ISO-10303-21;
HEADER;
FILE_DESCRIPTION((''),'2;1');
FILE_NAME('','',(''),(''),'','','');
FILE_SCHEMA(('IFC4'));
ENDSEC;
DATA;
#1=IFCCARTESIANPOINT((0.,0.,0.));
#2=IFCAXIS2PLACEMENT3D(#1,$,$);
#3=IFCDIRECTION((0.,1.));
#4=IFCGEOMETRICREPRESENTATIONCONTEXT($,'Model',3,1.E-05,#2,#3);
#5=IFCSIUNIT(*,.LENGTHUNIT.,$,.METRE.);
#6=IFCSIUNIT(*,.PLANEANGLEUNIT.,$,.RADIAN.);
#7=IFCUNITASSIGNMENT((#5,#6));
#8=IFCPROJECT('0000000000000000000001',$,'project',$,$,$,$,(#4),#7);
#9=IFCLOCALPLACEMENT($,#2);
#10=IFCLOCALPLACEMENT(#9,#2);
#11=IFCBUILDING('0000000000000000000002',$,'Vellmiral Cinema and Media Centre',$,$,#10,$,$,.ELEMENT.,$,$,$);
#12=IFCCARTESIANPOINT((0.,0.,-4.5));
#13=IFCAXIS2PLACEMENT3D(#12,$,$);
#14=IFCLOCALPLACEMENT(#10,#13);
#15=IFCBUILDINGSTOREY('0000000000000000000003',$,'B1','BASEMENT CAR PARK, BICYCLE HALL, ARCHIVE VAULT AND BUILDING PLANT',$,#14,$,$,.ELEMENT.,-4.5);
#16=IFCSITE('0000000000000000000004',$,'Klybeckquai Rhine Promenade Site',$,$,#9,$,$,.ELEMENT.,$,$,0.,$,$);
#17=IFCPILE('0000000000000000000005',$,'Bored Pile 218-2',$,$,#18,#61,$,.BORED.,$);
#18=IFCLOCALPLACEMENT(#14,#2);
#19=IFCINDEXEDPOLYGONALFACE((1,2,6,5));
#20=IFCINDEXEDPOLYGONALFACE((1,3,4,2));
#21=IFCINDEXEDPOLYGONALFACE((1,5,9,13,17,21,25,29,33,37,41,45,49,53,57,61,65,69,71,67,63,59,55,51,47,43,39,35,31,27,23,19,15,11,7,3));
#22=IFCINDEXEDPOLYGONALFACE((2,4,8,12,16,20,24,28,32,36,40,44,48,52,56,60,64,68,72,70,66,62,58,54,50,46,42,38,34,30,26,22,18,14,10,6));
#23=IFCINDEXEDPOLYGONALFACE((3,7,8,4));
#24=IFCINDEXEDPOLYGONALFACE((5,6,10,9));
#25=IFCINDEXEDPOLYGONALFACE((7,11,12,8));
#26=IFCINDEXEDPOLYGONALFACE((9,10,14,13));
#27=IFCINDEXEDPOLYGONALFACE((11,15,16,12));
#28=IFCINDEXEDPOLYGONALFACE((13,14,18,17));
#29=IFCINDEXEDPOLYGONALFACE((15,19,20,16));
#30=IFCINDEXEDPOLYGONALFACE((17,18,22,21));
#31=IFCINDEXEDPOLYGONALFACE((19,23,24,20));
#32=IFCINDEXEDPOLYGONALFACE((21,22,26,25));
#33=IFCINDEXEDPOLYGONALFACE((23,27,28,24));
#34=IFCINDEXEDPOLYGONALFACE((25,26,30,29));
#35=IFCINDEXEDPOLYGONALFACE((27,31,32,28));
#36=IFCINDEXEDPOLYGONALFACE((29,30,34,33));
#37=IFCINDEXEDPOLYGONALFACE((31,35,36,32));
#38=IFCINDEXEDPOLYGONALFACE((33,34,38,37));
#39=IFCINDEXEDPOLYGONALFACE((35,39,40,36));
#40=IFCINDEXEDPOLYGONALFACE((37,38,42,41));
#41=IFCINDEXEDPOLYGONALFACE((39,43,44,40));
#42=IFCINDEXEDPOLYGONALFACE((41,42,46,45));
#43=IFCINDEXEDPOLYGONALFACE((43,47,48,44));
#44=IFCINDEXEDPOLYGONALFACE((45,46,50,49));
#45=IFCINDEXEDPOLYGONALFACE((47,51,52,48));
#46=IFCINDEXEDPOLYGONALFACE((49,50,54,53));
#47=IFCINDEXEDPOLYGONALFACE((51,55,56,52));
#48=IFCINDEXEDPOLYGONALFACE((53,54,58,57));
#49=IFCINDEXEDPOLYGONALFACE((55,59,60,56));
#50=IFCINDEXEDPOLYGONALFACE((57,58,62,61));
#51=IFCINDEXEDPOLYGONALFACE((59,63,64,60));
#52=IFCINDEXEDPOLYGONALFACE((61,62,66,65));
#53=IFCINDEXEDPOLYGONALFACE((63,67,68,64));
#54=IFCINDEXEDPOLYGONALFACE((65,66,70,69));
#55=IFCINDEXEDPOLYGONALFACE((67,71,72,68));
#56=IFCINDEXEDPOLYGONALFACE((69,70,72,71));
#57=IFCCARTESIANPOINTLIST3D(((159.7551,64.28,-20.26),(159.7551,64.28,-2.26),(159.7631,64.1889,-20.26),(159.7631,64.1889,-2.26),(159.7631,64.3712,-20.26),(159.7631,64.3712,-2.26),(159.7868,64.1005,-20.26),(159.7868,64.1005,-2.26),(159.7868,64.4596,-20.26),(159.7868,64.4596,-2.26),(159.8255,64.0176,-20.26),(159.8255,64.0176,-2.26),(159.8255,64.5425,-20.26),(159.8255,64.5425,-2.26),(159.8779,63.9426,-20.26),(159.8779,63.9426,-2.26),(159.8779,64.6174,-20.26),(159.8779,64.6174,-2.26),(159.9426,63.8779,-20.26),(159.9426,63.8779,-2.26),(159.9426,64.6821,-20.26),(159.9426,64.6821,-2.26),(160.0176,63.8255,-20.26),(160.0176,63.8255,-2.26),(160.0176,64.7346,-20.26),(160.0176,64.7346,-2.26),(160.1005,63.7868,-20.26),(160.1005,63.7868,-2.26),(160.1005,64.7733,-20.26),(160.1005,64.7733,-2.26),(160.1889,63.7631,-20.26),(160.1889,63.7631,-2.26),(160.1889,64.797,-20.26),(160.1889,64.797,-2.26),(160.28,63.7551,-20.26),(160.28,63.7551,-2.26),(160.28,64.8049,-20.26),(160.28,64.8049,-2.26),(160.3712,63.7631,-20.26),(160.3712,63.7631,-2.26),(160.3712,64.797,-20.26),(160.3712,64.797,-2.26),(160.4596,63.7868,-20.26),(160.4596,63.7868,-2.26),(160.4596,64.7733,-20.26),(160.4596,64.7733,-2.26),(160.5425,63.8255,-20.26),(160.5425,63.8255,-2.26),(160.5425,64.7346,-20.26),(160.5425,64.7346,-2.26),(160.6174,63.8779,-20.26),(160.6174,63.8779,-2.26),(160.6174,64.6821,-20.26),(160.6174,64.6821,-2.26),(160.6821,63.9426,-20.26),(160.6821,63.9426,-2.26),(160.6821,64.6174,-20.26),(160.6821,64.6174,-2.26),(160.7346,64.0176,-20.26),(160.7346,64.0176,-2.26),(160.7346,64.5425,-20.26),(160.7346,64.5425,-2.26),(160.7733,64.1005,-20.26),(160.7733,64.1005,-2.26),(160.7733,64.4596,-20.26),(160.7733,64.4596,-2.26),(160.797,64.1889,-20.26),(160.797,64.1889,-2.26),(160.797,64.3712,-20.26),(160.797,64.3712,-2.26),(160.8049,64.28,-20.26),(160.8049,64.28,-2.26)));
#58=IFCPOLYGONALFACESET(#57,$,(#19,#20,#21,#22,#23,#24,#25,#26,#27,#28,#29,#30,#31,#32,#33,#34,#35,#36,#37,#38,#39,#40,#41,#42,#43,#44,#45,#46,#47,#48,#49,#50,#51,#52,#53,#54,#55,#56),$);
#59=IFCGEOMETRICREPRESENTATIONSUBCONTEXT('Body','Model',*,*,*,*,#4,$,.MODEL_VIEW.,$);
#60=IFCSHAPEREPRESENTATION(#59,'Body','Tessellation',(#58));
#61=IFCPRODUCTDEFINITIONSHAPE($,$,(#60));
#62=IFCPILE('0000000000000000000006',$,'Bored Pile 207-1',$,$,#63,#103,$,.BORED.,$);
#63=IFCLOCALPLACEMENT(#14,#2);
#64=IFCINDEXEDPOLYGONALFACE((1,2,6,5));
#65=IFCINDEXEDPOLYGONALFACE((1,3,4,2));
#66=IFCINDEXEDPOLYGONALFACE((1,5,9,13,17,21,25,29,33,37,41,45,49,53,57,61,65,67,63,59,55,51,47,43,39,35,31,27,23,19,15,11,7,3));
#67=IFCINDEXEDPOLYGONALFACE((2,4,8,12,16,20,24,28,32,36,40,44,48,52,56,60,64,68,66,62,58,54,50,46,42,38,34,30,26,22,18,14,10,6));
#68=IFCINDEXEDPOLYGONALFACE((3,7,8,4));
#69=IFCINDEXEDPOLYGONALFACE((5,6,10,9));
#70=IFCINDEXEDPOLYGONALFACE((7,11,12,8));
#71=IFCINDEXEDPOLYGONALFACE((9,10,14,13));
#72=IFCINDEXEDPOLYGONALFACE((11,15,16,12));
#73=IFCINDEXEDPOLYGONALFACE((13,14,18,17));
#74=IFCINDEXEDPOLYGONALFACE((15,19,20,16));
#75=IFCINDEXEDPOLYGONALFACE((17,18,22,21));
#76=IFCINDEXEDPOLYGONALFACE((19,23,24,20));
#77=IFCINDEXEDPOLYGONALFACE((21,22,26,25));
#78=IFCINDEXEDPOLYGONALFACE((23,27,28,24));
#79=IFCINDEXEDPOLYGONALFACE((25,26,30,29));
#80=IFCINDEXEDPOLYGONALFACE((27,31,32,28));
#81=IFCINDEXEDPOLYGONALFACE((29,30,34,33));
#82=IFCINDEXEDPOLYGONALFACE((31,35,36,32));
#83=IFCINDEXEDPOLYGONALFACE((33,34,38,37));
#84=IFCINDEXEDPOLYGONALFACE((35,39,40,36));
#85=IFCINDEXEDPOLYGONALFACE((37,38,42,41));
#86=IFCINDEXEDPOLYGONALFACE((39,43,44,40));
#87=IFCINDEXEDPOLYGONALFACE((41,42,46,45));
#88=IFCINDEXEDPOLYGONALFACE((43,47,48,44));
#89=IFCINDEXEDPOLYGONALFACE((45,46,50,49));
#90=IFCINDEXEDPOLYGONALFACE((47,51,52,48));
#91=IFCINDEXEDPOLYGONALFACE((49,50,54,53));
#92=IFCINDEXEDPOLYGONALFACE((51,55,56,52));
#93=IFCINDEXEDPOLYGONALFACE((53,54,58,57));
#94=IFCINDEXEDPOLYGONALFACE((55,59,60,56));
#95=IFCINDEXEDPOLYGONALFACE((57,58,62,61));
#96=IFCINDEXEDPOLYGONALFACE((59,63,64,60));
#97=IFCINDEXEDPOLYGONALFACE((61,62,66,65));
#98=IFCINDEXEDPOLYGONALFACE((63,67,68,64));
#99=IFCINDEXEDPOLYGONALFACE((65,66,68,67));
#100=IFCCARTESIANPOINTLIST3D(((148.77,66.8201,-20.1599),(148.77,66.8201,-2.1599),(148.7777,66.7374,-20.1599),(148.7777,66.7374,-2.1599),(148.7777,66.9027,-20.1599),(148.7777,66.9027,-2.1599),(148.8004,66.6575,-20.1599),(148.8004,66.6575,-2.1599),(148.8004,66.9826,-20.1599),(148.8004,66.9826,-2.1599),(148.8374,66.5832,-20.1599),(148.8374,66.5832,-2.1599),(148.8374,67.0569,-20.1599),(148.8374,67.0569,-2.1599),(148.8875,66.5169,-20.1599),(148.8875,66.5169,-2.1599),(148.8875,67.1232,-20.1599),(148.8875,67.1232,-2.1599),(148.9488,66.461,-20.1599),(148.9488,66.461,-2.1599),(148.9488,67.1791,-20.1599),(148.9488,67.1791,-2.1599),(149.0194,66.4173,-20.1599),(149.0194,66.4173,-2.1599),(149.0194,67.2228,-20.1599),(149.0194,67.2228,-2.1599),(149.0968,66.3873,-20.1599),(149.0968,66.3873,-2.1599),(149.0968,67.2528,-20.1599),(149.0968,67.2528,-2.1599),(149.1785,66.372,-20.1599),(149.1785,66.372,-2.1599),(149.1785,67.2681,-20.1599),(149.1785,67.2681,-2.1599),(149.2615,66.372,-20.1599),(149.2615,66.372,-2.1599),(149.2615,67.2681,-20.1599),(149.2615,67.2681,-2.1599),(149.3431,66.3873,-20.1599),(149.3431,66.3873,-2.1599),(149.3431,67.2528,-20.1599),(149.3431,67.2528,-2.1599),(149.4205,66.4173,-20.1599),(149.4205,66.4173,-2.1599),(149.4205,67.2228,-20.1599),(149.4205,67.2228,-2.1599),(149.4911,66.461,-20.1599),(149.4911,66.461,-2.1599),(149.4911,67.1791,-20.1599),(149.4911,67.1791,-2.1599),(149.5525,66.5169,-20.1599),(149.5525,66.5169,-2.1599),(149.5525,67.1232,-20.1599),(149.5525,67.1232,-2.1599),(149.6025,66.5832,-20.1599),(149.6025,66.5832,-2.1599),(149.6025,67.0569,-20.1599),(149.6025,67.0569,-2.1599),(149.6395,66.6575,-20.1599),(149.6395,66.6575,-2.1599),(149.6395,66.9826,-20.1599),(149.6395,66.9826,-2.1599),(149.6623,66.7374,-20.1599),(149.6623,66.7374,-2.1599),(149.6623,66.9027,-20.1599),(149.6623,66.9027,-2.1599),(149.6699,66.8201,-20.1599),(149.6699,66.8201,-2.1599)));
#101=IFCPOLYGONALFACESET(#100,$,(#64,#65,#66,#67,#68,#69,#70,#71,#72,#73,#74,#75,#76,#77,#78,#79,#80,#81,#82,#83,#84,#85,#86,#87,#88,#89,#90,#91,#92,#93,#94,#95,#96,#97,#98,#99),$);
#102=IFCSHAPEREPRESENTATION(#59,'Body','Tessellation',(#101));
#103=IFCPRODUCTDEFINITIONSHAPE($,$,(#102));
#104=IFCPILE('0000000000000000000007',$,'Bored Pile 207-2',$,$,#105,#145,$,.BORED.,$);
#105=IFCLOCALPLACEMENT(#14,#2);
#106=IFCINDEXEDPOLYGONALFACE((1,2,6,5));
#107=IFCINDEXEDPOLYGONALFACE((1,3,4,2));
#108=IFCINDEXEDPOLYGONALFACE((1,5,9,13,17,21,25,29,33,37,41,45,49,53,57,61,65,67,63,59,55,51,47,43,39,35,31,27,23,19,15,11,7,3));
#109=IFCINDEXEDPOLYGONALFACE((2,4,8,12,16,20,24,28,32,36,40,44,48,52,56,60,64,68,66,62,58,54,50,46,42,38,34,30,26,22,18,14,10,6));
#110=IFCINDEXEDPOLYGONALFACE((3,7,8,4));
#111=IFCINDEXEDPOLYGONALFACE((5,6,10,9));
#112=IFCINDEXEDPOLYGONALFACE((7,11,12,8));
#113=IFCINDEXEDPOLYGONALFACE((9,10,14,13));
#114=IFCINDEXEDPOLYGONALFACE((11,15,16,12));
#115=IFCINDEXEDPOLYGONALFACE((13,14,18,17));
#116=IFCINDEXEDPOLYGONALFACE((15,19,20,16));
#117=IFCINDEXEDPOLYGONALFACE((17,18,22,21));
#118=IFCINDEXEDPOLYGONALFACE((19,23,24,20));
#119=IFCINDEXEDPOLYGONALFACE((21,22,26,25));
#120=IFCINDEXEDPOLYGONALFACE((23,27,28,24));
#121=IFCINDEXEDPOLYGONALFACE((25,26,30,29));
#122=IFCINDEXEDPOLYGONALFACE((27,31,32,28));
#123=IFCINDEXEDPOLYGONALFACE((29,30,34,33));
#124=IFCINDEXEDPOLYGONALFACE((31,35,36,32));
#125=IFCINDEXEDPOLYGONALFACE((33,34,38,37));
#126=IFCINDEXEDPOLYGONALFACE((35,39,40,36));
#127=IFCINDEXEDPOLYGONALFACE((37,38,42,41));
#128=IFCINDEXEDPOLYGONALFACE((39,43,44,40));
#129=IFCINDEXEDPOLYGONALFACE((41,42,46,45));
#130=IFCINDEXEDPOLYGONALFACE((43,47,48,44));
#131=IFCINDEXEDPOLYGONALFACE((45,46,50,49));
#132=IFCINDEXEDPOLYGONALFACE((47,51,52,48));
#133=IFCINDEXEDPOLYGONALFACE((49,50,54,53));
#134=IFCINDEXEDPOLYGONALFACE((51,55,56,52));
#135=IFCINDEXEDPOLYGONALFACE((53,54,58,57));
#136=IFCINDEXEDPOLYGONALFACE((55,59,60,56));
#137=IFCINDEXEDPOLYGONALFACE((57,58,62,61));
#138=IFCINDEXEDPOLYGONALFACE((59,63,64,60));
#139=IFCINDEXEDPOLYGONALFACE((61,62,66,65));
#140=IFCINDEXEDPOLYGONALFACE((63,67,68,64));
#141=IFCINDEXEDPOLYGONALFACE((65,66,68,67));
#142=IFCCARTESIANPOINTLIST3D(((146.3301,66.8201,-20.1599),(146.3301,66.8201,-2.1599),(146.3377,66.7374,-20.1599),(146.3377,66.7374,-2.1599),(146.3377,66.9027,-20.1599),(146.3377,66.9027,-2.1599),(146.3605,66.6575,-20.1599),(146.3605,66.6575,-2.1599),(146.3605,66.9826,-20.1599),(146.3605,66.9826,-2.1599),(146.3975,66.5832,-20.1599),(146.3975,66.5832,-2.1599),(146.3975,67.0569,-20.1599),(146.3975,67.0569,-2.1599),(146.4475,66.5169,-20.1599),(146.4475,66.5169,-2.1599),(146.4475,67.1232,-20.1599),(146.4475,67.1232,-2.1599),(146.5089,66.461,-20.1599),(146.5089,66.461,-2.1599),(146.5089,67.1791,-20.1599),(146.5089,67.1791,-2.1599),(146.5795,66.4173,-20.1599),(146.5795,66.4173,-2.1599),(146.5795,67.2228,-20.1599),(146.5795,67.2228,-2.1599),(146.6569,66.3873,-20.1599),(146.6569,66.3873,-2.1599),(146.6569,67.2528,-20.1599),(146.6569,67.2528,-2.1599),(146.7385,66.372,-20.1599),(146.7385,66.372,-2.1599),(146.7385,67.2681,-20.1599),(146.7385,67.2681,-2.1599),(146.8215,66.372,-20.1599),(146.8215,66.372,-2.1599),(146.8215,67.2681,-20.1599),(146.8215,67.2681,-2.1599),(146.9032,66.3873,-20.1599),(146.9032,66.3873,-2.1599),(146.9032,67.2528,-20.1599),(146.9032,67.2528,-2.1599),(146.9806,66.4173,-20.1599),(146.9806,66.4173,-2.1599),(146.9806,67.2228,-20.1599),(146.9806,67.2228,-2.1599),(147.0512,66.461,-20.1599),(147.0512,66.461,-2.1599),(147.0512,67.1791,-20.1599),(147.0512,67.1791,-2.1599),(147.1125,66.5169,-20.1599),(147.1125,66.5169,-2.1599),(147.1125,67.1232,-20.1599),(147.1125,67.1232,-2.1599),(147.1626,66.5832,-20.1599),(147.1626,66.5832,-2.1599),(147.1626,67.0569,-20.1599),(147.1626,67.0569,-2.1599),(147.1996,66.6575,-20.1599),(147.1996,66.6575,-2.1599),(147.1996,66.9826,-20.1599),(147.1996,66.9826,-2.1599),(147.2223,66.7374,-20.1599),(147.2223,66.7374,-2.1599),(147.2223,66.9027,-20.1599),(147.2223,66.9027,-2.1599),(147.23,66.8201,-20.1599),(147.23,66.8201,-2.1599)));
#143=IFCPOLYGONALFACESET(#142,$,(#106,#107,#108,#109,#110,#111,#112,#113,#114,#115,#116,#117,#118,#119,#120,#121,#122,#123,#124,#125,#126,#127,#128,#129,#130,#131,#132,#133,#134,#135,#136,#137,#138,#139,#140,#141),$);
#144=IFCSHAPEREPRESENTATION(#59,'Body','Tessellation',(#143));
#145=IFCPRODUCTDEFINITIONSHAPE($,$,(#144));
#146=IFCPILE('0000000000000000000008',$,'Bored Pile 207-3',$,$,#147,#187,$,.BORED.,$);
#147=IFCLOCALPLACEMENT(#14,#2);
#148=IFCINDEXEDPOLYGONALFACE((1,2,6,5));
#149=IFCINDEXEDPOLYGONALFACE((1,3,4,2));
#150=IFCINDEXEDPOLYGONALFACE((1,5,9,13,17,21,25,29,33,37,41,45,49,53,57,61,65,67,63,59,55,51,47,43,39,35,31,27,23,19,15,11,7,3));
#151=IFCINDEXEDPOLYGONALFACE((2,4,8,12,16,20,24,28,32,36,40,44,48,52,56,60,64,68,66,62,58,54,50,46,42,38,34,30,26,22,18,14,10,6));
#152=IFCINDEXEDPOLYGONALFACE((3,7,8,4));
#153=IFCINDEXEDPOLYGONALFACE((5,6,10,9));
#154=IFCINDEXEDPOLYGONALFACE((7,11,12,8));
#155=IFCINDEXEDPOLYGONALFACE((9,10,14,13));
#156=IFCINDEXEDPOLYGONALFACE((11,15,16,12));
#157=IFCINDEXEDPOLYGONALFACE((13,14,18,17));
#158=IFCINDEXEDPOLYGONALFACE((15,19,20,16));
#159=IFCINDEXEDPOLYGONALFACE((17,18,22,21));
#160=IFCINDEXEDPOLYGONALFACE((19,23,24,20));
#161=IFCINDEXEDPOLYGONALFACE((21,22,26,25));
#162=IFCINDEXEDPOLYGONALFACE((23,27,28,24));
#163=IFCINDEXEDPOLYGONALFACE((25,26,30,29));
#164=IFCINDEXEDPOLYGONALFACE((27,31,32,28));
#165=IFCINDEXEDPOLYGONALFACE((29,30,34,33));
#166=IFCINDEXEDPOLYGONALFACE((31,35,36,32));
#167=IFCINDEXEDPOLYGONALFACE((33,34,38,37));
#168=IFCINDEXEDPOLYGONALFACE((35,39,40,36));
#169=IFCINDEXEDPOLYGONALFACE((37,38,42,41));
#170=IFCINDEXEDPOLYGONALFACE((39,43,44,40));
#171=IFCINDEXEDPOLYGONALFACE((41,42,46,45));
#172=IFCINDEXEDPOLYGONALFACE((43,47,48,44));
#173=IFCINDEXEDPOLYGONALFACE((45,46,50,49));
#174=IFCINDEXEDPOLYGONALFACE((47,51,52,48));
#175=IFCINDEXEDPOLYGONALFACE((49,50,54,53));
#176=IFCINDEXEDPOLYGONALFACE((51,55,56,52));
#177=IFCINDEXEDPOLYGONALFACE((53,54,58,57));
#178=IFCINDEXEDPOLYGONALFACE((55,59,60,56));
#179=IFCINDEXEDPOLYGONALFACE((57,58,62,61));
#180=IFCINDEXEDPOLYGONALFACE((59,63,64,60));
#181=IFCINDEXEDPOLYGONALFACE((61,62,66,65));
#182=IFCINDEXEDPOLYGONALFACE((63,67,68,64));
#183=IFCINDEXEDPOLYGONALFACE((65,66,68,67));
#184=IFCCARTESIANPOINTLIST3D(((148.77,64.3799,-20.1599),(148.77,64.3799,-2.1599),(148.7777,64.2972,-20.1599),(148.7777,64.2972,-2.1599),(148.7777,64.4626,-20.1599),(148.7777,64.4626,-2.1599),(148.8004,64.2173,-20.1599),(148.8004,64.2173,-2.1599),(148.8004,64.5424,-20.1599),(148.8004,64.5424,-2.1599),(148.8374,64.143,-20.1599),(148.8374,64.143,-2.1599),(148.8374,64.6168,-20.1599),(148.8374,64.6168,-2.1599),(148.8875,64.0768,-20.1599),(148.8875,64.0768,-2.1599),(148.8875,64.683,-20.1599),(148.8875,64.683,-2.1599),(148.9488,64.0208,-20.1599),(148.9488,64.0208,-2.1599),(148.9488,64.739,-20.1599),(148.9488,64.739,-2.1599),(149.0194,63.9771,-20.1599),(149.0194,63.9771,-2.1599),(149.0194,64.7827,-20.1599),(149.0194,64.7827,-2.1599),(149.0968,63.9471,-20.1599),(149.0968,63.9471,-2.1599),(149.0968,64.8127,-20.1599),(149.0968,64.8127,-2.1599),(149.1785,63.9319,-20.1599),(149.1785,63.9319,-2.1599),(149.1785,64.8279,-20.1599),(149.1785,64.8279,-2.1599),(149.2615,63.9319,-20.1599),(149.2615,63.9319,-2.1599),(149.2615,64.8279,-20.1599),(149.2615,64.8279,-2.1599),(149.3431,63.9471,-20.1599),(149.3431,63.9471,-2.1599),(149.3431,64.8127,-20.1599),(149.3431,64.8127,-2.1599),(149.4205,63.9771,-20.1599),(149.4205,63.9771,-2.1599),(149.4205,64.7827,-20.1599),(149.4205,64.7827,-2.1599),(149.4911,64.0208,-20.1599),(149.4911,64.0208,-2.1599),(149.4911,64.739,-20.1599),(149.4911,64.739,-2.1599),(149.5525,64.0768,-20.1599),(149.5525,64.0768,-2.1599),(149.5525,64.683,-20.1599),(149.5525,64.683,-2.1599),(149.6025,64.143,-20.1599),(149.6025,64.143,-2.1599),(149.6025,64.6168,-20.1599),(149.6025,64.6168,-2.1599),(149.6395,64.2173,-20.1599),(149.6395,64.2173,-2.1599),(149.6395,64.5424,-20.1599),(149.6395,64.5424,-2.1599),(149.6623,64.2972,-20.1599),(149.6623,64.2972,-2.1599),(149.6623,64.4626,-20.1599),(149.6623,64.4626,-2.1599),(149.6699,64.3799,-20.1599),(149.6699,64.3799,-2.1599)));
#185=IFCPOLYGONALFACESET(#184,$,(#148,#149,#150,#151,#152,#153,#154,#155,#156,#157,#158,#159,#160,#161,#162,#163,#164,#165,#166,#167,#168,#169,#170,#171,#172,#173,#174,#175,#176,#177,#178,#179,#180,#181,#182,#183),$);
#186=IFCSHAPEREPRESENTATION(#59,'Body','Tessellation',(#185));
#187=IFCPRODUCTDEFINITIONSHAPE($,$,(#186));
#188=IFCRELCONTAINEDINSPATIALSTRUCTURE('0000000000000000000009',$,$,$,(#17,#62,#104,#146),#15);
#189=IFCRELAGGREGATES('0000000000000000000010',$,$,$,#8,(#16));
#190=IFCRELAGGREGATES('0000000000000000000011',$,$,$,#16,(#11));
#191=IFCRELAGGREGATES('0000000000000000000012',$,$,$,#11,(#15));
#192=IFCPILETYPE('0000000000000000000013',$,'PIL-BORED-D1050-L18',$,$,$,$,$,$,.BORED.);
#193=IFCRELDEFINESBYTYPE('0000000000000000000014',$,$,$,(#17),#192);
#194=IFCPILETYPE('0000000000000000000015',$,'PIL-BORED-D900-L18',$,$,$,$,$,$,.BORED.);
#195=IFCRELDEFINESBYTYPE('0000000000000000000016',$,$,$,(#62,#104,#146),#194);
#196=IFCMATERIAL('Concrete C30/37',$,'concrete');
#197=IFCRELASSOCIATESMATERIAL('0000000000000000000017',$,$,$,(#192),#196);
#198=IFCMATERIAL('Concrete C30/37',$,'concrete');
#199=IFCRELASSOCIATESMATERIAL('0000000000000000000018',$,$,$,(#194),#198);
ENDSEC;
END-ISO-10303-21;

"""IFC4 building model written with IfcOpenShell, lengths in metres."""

from ifc_helpers import new_model, si_unit, direction, frame, origin, origin_2d, place, context, subcontext, project, spatial, circle, extrude, material, material_profile, profile_set, type_object, element, save


model = new_model("IFC4")

# Units and contexts
model_context = context("Model", 3, precision=1e-05, world=origin(), true_north=direction((0.0, 1.0)))
body_context = subcontext(model_context, "Body", "Model", "MODEL_VIEW")
ifc_project = project(units=[si_unit("LENGTHUNIT", "METRE"), si_unit("PLANEANGLEUNIT", "RADIAN")], contexts=[model_context])

# Site, building, storey
site_placement = place(None, origin())
site = spatial("IfcSite", under=ifc_project, at=site_placement, Name="Klybeckquai Rhine Promenade Site", CompositionType="ELEMENT", RefElevation=0.0)
building_placement = place(site_placement, origin())
building = spatial("IfcBuilding", under=site, at=building_placement, Name="Vellmiral Cinema and Media Centre", CompositionType="ELEMENT")
storey_placement = place(building_placement, frame((0.0, 0.0, -4.5)))
storey = spatial("IfcBuildingStorey", under=building, at=storey_placement, Name="B1", Description="BASEMENT CAR PARK, BICYCLE HALL, ARCHIVE VAULT AND BUILDING PLANT", CompositionType="ELEMENT", Elevation=-4.5)

# Piles
ifc_material_1 = material(Name="Concrete C30/37", Category="concrete")
ifc_material_profile_1 = material_profile(ifc_material_1, circle(Radius=0.5249, at=origin_2d()), Name="PILE D1050")
ifc_profile_set_1 = profile_set([ifc_material_profile_1], Name="Concrete C30/37")
pile_type_1 = type_object("IfcPileType", Name="PIL-BORED-D1050-L18", PredefinedType="BORED", material=ifc_profile_set_1)
for number, where, z_axis, x_axis, name in (
    (1, (160.28, 64.28, -2.26), (0.0, 0.0, -1.0), (1.0, 0.0, 0.0), "Bored Pile 218-2"),
):
    element("IfcPile", number, at=place(storey_placement, frame(where, z_axis=z_axis, x_axis=x_axis)), inside=storey, type_object=pile_type_1, Name=name, PredefinedType="BORED", context=body_context, shape_type="SweptSolid", body=[
        extrude(circle(Radius=0.5249, at=origin_2d()), origin(), (0.0, 0.0, 1.0), 18.0),
    ])
ifc_material_2 = material(Name="Concrete C30/37", Category="concrete")
ifc_material_profile_2 = material_profile(ifc_material_2, circle(Radius=0.45, at=origin_2d()), Name="PILE D900")
ifc_profile_set_2 = profile_set([ifc_material_profile_2], Name="Concrete C30/37")
pile_type_2 = type_object("IfcPileType", Name="PIL-BORED-D900-L18", PredefinedType="BORED", material=ifc_profile_set_2)
for number, where, z_axis, x_axis, name in (
    (2, (149.22, 66.8201, -2.1599), (0.0, 0.0, -1.0), (1.0, 0.0, 0.0), "Bored Pile 207-1"),
    (3, (146.78, 66.8201, -2.1599), (0.0, 0.0, -1.0), (1.0, 0.0, 0.0), "Bored Pile 207-2"),
    (4, (149.22, 64.3799, -2.1599), (0.0, 0.0, -1.0), (1.0, 0.0, 0.0), "Bored Pile 207-3"),
):
    element("IfcPile", number, at=place(storey_placement, frame(where, z_axis=z_axis, x_axis=x_axis)), inside=storey, type_object=pile_type_2, Name=name, PredefinedType="BORED", context=body_context, shape_type="SweptSolid", body=[
        extrude(circle(Radius=0.45, at=origin_2d()), origin(), (0.0, 0.0, 1.0), 18.0),
    ])

save(model, "model.ifc")
